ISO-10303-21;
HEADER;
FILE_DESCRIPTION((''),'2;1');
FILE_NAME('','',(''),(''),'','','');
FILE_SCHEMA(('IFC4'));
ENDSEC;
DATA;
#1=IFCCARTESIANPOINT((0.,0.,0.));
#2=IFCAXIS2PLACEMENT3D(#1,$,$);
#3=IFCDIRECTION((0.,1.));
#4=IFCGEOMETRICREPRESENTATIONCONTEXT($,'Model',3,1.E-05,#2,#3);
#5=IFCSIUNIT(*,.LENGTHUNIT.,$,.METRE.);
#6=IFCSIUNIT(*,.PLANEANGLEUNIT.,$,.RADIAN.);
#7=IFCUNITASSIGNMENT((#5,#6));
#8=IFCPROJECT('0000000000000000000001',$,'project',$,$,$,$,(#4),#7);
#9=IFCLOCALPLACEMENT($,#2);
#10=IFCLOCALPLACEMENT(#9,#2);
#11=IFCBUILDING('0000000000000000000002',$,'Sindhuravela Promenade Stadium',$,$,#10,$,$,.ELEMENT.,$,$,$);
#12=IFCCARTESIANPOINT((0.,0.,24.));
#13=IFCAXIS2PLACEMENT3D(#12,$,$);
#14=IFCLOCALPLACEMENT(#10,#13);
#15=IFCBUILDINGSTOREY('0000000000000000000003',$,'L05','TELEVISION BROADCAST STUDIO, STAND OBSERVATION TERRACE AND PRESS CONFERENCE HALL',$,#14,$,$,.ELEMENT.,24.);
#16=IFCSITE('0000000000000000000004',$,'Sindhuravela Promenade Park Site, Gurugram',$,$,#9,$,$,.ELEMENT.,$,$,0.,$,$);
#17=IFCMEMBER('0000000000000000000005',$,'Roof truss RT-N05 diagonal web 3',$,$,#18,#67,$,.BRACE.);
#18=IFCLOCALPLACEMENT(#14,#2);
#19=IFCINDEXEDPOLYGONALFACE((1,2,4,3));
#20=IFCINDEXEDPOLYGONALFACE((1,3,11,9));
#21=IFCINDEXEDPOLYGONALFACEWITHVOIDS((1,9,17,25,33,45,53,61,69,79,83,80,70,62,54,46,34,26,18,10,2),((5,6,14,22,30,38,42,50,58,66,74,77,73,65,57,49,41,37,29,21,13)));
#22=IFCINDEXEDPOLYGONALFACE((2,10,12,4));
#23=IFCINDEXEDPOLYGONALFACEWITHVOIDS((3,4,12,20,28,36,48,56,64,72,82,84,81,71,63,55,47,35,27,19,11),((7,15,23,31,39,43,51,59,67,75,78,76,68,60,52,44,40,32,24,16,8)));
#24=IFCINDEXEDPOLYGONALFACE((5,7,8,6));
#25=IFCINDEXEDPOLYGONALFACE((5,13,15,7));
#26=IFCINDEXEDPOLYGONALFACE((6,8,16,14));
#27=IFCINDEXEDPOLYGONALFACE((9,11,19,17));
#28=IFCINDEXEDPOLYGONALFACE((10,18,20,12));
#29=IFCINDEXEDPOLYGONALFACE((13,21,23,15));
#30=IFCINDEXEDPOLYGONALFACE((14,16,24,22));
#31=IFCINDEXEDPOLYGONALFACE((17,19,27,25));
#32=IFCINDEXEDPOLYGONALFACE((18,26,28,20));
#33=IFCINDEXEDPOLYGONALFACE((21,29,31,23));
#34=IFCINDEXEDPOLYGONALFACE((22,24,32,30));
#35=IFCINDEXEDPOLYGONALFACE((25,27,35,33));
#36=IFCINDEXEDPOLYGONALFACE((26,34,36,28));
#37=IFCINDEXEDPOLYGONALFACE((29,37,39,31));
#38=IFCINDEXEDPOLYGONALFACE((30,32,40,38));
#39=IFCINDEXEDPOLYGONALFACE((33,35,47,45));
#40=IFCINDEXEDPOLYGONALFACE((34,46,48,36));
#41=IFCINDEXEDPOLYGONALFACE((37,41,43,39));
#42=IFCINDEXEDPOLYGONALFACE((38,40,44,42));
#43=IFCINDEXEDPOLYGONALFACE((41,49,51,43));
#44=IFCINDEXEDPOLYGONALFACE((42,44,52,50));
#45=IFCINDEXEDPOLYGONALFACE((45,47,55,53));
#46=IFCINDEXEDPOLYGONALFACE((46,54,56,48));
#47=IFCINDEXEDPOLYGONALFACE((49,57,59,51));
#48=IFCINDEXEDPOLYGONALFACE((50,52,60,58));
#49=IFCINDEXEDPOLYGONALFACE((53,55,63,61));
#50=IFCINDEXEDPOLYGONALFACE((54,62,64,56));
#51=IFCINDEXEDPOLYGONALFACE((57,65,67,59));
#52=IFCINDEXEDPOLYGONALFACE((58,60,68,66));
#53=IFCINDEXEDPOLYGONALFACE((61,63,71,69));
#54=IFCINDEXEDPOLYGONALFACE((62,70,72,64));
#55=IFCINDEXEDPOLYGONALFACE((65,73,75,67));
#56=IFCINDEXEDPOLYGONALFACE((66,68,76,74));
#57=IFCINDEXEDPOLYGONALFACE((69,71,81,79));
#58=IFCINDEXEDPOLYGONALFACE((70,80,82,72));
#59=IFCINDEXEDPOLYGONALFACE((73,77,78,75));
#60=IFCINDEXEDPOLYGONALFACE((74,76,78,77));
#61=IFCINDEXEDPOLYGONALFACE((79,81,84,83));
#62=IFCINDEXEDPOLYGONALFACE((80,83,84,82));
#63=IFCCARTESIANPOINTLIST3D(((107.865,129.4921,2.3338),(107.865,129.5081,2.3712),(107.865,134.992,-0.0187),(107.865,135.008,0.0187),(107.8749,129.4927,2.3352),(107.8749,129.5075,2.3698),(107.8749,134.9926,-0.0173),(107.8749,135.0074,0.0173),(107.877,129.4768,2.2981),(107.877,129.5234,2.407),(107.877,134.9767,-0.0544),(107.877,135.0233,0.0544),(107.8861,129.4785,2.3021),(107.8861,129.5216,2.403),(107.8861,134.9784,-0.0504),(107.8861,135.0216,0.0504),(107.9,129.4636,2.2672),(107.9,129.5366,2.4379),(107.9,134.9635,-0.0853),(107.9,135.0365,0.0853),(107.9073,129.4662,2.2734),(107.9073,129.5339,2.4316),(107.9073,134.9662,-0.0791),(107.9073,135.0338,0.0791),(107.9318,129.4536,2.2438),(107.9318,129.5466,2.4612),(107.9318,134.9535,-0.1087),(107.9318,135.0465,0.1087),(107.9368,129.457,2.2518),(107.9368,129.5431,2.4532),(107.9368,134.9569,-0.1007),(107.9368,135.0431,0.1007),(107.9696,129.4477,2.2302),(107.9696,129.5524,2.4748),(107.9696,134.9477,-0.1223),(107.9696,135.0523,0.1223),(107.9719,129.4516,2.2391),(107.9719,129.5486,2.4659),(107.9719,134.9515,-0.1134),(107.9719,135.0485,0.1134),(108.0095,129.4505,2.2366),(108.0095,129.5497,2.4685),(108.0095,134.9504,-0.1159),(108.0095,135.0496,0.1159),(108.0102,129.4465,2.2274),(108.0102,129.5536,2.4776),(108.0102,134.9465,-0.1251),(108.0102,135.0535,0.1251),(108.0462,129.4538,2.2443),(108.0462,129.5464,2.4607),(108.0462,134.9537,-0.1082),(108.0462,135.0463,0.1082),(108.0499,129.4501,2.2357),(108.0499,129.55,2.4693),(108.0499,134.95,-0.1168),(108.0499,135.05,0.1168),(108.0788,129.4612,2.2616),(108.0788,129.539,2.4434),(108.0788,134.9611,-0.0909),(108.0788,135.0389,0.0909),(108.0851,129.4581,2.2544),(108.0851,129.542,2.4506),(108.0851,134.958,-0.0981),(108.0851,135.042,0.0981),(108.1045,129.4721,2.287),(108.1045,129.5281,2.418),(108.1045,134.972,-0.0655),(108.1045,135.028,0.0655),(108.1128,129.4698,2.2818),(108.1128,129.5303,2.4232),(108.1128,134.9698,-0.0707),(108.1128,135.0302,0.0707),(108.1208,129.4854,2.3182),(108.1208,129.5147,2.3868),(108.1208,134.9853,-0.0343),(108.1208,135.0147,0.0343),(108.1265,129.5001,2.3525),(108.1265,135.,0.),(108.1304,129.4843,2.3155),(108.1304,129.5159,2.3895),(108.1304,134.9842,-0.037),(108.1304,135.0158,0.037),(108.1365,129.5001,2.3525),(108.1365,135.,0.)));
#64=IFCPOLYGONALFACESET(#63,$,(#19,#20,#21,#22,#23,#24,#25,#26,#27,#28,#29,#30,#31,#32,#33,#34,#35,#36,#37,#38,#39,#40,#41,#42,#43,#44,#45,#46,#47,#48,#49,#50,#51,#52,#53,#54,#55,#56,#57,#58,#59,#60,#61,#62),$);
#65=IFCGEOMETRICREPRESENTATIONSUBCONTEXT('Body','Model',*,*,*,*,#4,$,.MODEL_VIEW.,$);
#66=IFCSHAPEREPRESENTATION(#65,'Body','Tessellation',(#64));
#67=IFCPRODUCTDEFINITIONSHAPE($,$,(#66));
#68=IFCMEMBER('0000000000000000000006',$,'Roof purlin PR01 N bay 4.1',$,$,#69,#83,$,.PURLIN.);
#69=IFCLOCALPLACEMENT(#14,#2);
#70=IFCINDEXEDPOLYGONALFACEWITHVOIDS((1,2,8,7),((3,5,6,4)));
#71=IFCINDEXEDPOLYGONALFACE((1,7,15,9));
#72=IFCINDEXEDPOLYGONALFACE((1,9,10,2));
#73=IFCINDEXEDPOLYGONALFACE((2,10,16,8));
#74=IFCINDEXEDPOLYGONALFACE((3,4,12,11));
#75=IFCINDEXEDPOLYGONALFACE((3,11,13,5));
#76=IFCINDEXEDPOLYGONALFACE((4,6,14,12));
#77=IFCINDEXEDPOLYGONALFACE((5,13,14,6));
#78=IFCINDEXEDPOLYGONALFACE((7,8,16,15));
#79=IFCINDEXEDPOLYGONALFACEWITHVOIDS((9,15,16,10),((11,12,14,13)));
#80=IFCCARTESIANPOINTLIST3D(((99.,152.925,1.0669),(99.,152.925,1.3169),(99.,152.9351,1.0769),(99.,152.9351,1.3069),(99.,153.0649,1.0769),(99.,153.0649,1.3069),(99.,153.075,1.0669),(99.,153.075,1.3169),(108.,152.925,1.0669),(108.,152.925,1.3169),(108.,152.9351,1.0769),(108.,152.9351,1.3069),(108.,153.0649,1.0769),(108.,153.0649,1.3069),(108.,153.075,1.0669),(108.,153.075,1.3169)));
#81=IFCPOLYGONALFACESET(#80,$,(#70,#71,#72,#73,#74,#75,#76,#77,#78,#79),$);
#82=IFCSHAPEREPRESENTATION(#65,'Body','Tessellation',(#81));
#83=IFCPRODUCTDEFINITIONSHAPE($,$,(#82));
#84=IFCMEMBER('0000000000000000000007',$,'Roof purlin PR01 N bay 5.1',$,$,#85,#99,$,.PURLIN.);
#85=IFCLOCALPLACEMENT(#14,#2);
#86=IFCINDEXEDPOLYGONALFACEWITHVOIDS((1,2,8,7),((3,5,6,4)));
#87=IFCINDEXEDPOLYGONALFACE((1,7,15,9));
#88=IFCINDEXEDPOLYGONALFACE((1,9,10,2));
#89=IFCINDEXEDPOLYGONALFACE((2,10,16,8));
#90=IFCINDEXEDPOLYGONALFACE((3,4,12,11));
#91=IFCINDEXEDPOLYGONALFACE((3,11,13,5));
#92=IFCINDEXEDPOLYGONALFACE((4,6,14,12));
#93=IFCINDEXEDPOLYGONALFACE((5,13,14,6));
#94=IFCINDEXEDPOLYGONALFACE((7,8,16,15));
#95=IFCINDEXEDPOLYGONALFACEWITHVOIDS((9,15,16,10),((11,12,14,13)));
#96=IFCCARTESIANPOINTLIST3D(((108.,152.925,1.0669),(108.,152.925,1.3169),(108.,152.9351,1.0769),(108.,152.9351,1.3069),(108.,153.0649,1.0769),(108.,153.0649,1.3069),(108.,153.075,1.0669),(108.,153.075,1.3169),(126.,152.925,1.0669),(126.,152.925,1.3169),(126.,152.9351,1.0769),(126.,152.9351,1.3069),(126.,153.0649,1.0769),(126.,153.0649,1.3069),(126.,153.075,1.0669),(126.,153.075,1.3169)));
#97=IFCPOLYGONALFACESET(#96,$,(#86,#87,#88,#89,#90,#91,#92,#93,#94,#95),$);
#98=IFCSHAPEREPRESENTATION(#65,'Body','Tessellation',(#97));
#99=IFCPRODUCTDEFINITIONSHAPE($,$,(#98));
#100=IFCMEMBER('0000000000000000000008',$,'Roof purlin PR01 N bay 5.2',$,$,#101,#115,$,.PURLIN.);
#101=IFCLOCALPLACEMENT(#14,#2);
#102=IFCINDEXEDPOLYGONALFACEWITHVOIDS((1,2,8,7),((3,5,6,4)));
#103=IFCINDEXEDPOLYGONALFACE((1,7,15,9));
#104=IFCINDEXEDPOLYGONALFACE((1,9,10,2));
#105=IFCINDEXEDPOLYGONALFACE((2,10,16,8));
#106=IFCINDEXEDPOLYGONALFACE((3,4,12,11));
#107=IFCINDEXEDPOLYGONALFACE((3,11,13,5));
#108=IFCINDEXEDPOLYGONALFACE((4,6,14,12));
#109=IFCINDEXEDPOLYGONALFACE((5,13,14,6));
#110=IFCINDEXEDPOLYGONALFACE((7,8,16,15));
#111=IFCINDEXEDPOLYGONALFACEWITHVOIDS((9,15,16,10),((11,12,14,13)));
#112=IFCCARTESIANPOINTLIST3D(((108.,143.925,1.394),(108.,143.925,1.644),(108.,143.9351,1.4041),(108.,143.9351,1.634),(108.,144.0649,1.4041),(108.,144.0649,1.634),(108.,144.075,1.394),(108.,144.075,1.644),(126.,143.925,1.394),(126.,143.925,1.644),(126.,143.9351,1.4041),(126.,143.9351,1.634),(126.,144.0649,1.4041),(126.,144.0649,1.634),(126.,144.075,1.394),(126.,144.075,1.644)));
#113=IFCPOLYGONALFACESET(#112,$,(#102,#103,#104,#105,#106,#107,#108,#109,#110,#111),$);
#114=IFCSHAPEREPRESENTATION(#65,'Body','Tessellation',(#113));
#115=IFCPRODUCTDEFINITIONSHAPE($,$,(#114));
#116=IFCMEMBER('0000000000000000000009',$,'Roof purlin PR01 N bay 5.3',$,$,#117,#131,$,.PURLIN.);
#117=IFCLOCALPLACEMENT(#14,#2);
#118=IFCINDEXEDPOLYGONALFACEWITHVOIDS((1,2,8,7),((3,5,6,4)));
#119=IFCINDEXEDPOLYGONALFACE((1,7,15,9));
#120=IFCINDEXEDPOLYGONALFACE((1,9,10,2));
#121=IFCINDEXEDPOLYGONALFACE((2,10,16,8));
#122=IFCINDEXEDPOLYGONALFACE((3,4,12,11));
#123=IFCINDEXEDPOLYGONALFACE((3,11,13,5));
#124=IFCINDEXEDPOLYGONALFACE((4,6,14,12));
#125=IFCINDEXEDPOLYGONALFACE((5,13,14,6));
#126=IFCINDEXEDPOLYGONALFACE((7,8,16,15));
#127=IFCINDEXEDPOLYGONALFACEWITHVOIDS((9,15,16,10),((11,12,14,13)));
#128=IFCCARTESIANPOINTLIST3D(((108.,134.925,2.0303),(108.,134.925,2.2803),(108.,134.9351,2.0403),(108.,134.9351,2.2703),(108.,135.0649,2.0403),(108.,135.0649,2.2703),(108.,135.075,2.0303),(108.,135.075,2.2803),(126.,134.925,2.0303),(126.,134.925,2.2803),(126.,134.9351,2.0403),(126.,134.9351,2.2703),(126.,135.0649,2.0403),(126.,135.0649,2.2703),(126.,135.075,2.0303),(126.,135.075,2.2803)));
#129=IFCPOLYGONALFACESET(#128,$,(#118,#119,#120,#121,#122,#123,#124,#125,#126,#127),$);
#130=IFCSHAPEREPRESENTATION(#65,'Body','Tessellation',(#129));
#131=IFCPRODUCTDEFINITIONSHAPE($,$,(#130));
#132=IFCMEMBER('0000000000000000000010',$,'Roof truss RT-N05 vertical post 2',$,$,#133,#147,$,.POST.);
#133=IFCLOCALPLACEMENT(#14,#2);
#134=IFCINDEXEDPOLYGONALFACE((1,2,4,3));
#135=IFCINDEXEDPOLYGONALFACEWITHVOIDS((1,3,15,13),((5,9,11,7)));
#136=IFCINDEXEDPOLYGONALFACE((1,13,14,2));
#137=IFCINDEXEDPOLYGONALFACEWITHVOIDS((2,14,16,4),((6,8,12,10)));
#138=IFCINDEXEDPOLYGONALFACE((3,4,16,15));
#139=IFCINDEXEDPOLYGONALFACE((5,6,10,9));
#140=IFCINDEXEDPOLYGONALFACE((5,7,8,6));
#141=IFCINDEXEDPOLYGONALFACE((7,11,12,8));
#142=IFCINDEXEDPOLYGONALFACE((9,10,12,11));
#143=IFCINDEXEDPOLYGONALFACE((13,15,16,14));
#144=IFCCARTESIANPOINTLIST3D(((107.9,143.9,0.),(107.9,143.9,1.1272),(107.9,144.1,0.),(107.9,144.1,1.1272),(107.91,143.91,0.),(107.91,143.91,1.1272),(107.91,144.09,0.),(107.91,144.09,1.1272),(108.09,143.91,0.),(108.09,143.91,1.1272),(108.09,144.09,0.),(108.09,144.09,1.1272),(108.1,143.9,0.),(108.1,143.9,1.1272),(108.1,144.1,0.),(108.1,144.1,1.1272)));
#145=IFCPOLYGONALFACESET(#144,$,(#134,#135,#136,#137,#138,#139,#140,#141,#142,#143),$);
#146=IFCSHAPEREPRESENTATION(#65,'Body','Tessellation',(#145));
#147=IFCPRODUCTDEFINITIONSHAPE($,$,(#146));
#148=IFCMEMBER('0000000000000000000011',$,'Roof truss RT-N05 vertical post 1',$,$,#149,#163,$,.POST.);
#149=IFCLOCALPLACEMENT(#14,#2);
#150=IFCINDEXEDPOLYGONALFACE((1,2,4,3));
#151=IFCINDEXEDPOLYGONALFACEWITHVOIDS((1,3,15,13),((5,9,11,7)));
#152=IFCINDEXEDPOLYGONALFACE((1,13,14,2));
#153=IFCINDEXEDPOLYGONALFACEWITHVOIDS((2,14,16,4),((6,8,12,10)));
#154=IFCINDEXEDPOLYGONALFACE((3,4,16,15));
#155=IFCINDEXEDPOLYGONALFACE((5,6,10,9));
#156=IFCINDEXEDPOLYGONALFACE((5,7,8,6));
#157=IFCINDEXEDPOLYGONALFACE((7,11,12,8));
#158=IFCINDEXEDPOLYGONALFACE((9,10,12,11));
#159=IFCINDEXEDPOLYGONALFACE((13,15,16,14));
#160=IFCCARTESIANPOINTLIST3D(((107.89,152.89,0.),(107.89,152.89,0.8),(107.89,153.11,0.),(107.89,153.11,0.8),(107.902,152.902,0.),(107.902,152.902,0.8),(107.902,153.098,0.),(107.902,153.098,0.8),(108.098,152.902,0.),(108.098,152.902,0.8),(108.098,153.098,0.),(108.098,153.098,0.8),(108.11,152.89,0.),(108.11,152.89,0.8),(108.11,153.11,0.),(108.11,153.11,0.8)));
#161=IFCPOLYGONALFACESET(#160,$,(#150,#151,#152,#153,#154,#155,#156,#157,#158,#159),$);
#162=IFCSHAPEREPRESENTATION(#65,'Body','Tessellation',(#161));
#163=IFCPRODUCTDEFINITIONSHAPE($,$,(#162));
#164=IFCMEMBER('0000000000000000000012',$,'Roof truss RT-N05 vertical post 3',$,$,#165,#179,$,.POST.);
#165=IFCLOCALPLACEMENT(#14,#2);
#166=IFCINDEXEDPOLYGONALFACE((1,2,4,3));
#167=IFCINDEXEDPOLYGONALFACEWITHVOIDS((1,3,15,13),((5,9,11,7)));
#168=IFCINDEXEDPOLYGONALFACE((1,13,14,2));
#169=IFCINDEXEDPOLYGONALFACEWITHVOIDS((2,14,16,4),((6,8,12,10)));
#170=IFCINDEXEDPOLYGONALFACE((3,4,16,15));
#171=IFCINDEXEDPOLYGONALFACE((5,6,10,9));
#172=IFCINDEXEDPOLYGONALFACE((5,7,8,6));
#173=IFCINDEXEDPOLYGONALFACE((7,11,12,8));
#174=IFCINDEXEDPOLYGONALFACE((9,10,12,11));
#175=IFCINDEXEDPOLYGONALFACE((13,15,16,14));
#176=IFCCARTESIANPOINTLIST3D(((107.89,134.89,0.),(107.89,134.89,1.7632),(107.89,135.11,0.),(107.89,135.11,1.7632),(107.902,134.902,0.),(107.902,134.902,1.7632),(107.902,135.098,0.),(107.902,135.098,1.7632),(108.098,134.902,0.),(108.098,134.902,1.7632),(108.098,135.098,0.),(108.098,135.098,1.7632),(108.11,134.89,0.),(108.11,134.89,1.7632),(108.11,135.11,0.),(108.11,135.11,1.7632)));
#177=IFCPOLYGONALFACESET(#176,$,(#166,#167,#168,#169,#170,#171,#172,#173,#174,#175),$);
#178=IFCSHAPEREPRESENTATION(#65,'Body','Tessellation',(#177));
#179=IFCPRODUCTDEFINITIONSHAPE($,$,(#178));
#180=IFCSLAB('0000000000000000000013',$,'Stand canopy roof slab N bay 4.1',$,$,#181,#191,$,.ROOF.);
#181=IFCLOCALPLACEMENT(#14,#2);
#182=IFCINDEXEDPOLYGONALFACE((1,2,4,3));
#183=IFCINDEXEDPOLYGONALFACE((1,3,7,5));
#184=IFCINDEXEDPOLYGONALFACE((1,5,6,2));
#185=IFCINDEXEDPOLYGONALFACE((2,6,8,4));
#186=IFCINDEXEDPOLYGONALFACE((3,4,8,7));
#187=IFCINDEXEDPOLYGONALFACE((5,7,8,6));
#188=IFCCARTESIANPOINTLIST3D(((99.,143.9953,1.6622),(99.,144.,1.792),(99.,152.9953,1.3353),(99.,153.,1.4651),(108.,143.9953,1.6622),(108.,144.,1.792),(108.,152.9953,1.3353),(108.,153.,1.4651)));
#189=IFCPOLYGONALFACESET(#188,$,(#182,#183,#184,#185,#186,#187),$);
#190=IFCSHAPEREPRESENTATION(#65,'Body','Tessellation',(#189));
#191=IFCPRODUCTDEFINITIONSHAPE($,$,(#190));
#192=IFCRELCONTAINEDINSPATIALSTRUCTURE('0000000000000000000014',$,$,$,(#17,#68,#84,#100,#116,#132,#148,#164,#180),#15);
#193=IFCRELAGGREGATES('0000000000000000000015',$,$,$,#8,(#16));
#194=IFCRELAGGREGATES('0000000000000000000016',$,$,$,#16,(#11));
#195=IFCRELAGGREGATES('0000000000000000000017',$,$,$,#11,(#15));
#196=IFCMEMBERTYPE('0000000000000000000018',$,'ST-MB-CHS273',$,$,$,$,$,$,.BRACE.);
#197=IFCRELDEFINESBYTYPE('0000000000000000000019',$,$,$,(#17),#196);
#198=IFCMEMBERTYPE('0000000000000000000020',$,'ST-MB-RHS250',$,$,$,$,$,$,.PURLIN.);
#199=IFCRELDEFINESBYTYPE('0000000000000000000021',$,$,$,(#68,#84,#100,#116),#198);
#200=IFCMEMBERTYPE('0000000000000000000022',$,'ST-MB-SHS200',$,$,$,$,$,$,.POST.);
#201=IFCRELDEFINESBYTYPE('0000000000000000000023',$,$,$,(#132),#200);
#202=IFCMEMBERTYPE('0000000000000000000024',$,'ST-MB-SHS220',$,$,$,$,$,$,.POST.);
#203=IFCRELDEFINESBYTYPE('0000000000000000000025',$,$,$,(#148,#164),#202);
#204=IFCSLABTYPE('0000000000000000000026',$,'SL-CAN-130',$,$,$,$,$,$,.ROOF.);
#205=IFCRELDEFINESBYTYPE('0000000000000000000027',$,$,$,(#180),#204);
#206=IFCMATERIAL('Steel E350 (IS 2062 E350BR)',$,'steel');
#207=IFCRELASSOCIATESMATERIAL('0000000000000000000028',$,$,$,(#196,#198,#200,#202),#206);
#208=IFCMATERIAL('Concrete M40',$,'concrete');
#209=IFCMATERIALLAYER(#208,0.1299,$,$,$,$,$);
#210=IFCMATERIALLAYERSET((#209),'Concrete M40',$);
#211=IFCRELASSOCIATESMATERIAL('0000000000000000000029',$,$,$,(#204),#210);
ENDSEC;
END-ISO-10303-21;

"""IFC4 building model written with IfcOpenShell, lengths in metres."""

from ifc_helpers import new_model, si_unit, direction, frame, origin, origin_2d, place, context, subcontext, project, spatial, polyline, hollow_rectangle, hollow_circle, outline, extrude, material, layer, layer_set, material_profile, profile_set, type_object, element, save


model = new_model("IFC4")

# Units and contexts
model_context = context("Model", 3, precision=1e-05, world=origin(), true_north=direction((0.0, 1.0)))
body_context = subcontext(model_context, "Body", "Model", "MODEL_VIEW")
ifc_project = project(units=[si_unit("LENGTHUNIT", "METRE"), si_unit("PLANEANGLEUNIT", "RADIAN")], contexts=[model_context])

# Site, building, storey
site_placement = place(None, origin())
site = spatial("IfcSite", under=ifc_project, at=site_placement, Name="Sindhuravela Promenade Park Site, Gurugram", CompositionType="ELEMENT", RefElevation=0.0)
building_placement = place(site_placement, origin())
building = spatial("IfcBuilding", under=site, at=building_placement, Name="Sindhuravela Promenade Stadium", CompositionType="ELEMENT")
storey_placement = place(building_placement, frame((0.0, 0.0, 24.0)))
storey = spatial("IfcBuildingStorey", under=building, at=storey_placement, Name="L05", Description="TELEVISION BROADCAST STUDIO, STAND OBSERVATION TERRACE AND PRESS CONFERENCE HALL", CompositionType="ELEMENT", Elevation=24.0)

# Shared definitions
ifc_material_1 = material(Name="Steel E350 (IS 2062 E350BR)", Category="steel")

# Members
ifc_material_profile_1 = material_profile(ifc_material_1, hollow_circle(Radius=0.1365, WallThickness=0.01, at=origin_2d()), Name="CHS 273.0x10")
ifc_profile_set_1 = profile_set([ifc_material_profile_1], Name="Steel E350 (IS 2062 E350BR)")
member_type_1 = type_object("IfcMemberType", Name="ST-MB-CHS273", PredefinedType="BRACE", material=ifc_profile_set_1)
member_1_placement = place(storey_placement, frame((108.0, 135.0, 0.0), z_axis=(0.0, -0.919423, 0.393269), x_axis=(1.0, 0.0, 0.0)))
element("IfcMember", 1, at=member_1_placement, inside=storey, type_object=member_type_1, Name="Roof truss RT-N05 diagonal web 3", PredefinedType="BRACE", context=body_context, shape_type="SweptSolid", body=[
    extrude(hollow_circle(Radius=0.1365, WallThickness=0.01, at=origin_2d()), origin(), (0.0, 0.0, 1.0), 5.9819),
])
ifc_material_profile_2 = material_profile(ifc_material_1, hollow_rectangle(XDim=0.1499, YDim=0.25, WallThickness=0.01, at=origin_2d()), Name="RHS 250x150x10")
ifc_profile_set_2 = profile_set([ifc_material_profile_2], Name="Steel E350 (IS 2062 E350BR)")
member_type_2 = type_object("IfcMemberType", Name="ST-MB-RHS250", PredefinedType="PURLIN", material=ifc_profile_set_2)
member_2_placement = place(storey_placement, frame((99.0, 153.0, 1.1919), z_axis=(1.0, 0.0, 0.0), x_axis=(0.0, 1.0, 0.0)))
element("IfcMember", 2, at=member_2_placement, inside=storey, type_object=member_type_2, Name="Roof purlin PR01 N bay 4.1", PredefinedType="PURLIN", context=body_context, shape_type="SweptSolid", body=[
    extrude(hollow_rectangle(XDim=0.1499, YDim=0.25, WallThickness=0.01, at=origin_2d()), origin(), (0.0, 0.0, 1.0), 9.0),
])
for number, where, z_axis, x_axis, name in (
    (3, (108.0, 153.0, 1.1919), (1.0, 0.0, 0.0), (0.0, 1.0, 0.0), "Roof purlin PR01 N bay 5.1"),
    (4, (108.0, 144.0, 1.519), (1.0, 0.0, 0.0), (0.0, 1.0, 0.0), "Roof purlin PR01 N bay 5.2"),
    (5, (108.0, 135.0, 2.1553), (1.0, 0.0, 0.0), (0.0, 1.0, 0.0), "Roof purlin PR01 N bay 5.3"),
):
    element("IfcMember", number, at=place(storey_placement, frame(where, z_axis=z_axis, x_axis=x_axis)), inside=storey, type_object=member_type_2, Name=name, PredefinedType="PURLIN", context=body_context, shape_type="SweptSolid", body=[
        extrude(hollow_rectangle(XDim=0.1499, YDim=0.25, WallThickness=0.01, at=origin_2d()), origin(), (0.0, 0.0, 1.0), 18.0),
    ])
ifc_material_profile_3 = material_profile(ifc_material_1, hollow_rectangle(XDim=0.2, YDim=0.2, WallThickness=0.01, at=origin_2d()), Name="SHS 200x200x10")
ifc_profile_set_3 = profile_set([ifc_material_profile_3], Name="Steel E350 (IS 2062 E350BR)")
member_type_3 = type_object("IfcMemberType", Name="ST-MB-SHS200", PredefinedType="POST", material=ifc_profile_set_3)
member_3_placement = place(storey_placement, frame((108.0, 144.0, 0.0), z_axis=(0.0, 0.0, 1.0), x_axis=(1.0, 0.0, 0.0)))
element("IfcMember", 6, at=member_3_placement, inside=storey, type_object=member_type_3, Name="Roof truss RT-N05 vertical post 2", PredefinedType="POST", context=body_context, shape_type="SweptSolid", body=[
    extrude(hollow_rectangle(XDim=0.2, YDim=0.2, WallThickness=0.01, at=origin_2d()), origin(), (0.0, 0.0, 1.0), 1.1272),
])
ifc_material_profile_4 = material_profile(ifc_material_1, hollow_rectangle(XDim=0.22, YDim=0.22, WallThickness=0.012, at=origin_2d()), Name="SHS 220x220x12")
ifc_profile_set_4 = profile_set([ifc_material_profile_4], Name="Steel E350 (IS 2062 E350BR)")
member_type_4 = type_object("IfcMemberType", Name="ST-MB-SHS220", PredefinedType="POST", material=ifc_profile_set_4)
member_4_placement = place(storey_placement, frame((108.0, 153.0, 0.0), z_axis=(0.0, 0.0, 1.0), x_axis=(1.0, 0.0, 0.0)))
element("IfcMember", 7, at=member_4_placement, inside=storey, type_object=member_type_4, Name="Roof truss RT-N05 vertical post 1", PredefinedType="POST", context=body_context, shape_type="SweptSolid", body=[
    extrude(hollow_rectangle(XDim=0.22, YDim=0.22, WallThickness=0.012, at=origin_2d()), origin(), (0.0, 0.0, 1.0), 0.8),
])
member_5_placement = place(storey_placement, frame((108.0, 135.0, 0.0), z_axis=(0.0, 0.0, 1.0), x_axis=(1.0, 0.0, 0.0)))
element("IfcMember", 8, at=member_5_placement, inside=storey, type_object=member_type_4, Name="Roof truss RT-N05 vertical post 3", PredefinedType="POST", context=body_context, shape_type="SweptSolid", body=[
    extrude(hollow_rectangle(XDim=0.22, YDim=0.22, WallThickness=0.012, at=origin_2d()), origin(), (0.0, 0.0, 1.0), 1.7632),
])

# Slab
ifc_material_2 = material(Name="Concrete M40", Category="concrete")
ifc_layer_1 = layer(ifc_material_2, 0.1299)
ifc_layer_set_1 = layer_set([ifc_layer_1], Name="Concrete M40")
slab_type = type_object("IfcSlabType", Name="SL-CAN-130", PredefinedType="ROOF", material=ifc_layer_set_1)
slab_1_placement = place(storey_placement, frame((99.0, 153.0, 1.4651), z_axis=(0.0, 0.036299, 0.999341), x_axis=(1.0, 0.0, 0.0)))
element("IfcSlab", 9, at=slab_1_placement, inside=storey, type_object=slab_type, Name="Stand canopy roof slab N bay 4.1", PredefinedType="ROOF", context=body_context, shape_type="SweptSolid", body=[
    extrude(outline(polyline([(0.0, 0.0), (0.0, -9.0059), (9.0, -9.0059), (9.0, 0.0), (0.0, 0.0)])), origin(), (0.0, 0.0, -1.0), 0.1299),
])

save(model, "model.ifc")
